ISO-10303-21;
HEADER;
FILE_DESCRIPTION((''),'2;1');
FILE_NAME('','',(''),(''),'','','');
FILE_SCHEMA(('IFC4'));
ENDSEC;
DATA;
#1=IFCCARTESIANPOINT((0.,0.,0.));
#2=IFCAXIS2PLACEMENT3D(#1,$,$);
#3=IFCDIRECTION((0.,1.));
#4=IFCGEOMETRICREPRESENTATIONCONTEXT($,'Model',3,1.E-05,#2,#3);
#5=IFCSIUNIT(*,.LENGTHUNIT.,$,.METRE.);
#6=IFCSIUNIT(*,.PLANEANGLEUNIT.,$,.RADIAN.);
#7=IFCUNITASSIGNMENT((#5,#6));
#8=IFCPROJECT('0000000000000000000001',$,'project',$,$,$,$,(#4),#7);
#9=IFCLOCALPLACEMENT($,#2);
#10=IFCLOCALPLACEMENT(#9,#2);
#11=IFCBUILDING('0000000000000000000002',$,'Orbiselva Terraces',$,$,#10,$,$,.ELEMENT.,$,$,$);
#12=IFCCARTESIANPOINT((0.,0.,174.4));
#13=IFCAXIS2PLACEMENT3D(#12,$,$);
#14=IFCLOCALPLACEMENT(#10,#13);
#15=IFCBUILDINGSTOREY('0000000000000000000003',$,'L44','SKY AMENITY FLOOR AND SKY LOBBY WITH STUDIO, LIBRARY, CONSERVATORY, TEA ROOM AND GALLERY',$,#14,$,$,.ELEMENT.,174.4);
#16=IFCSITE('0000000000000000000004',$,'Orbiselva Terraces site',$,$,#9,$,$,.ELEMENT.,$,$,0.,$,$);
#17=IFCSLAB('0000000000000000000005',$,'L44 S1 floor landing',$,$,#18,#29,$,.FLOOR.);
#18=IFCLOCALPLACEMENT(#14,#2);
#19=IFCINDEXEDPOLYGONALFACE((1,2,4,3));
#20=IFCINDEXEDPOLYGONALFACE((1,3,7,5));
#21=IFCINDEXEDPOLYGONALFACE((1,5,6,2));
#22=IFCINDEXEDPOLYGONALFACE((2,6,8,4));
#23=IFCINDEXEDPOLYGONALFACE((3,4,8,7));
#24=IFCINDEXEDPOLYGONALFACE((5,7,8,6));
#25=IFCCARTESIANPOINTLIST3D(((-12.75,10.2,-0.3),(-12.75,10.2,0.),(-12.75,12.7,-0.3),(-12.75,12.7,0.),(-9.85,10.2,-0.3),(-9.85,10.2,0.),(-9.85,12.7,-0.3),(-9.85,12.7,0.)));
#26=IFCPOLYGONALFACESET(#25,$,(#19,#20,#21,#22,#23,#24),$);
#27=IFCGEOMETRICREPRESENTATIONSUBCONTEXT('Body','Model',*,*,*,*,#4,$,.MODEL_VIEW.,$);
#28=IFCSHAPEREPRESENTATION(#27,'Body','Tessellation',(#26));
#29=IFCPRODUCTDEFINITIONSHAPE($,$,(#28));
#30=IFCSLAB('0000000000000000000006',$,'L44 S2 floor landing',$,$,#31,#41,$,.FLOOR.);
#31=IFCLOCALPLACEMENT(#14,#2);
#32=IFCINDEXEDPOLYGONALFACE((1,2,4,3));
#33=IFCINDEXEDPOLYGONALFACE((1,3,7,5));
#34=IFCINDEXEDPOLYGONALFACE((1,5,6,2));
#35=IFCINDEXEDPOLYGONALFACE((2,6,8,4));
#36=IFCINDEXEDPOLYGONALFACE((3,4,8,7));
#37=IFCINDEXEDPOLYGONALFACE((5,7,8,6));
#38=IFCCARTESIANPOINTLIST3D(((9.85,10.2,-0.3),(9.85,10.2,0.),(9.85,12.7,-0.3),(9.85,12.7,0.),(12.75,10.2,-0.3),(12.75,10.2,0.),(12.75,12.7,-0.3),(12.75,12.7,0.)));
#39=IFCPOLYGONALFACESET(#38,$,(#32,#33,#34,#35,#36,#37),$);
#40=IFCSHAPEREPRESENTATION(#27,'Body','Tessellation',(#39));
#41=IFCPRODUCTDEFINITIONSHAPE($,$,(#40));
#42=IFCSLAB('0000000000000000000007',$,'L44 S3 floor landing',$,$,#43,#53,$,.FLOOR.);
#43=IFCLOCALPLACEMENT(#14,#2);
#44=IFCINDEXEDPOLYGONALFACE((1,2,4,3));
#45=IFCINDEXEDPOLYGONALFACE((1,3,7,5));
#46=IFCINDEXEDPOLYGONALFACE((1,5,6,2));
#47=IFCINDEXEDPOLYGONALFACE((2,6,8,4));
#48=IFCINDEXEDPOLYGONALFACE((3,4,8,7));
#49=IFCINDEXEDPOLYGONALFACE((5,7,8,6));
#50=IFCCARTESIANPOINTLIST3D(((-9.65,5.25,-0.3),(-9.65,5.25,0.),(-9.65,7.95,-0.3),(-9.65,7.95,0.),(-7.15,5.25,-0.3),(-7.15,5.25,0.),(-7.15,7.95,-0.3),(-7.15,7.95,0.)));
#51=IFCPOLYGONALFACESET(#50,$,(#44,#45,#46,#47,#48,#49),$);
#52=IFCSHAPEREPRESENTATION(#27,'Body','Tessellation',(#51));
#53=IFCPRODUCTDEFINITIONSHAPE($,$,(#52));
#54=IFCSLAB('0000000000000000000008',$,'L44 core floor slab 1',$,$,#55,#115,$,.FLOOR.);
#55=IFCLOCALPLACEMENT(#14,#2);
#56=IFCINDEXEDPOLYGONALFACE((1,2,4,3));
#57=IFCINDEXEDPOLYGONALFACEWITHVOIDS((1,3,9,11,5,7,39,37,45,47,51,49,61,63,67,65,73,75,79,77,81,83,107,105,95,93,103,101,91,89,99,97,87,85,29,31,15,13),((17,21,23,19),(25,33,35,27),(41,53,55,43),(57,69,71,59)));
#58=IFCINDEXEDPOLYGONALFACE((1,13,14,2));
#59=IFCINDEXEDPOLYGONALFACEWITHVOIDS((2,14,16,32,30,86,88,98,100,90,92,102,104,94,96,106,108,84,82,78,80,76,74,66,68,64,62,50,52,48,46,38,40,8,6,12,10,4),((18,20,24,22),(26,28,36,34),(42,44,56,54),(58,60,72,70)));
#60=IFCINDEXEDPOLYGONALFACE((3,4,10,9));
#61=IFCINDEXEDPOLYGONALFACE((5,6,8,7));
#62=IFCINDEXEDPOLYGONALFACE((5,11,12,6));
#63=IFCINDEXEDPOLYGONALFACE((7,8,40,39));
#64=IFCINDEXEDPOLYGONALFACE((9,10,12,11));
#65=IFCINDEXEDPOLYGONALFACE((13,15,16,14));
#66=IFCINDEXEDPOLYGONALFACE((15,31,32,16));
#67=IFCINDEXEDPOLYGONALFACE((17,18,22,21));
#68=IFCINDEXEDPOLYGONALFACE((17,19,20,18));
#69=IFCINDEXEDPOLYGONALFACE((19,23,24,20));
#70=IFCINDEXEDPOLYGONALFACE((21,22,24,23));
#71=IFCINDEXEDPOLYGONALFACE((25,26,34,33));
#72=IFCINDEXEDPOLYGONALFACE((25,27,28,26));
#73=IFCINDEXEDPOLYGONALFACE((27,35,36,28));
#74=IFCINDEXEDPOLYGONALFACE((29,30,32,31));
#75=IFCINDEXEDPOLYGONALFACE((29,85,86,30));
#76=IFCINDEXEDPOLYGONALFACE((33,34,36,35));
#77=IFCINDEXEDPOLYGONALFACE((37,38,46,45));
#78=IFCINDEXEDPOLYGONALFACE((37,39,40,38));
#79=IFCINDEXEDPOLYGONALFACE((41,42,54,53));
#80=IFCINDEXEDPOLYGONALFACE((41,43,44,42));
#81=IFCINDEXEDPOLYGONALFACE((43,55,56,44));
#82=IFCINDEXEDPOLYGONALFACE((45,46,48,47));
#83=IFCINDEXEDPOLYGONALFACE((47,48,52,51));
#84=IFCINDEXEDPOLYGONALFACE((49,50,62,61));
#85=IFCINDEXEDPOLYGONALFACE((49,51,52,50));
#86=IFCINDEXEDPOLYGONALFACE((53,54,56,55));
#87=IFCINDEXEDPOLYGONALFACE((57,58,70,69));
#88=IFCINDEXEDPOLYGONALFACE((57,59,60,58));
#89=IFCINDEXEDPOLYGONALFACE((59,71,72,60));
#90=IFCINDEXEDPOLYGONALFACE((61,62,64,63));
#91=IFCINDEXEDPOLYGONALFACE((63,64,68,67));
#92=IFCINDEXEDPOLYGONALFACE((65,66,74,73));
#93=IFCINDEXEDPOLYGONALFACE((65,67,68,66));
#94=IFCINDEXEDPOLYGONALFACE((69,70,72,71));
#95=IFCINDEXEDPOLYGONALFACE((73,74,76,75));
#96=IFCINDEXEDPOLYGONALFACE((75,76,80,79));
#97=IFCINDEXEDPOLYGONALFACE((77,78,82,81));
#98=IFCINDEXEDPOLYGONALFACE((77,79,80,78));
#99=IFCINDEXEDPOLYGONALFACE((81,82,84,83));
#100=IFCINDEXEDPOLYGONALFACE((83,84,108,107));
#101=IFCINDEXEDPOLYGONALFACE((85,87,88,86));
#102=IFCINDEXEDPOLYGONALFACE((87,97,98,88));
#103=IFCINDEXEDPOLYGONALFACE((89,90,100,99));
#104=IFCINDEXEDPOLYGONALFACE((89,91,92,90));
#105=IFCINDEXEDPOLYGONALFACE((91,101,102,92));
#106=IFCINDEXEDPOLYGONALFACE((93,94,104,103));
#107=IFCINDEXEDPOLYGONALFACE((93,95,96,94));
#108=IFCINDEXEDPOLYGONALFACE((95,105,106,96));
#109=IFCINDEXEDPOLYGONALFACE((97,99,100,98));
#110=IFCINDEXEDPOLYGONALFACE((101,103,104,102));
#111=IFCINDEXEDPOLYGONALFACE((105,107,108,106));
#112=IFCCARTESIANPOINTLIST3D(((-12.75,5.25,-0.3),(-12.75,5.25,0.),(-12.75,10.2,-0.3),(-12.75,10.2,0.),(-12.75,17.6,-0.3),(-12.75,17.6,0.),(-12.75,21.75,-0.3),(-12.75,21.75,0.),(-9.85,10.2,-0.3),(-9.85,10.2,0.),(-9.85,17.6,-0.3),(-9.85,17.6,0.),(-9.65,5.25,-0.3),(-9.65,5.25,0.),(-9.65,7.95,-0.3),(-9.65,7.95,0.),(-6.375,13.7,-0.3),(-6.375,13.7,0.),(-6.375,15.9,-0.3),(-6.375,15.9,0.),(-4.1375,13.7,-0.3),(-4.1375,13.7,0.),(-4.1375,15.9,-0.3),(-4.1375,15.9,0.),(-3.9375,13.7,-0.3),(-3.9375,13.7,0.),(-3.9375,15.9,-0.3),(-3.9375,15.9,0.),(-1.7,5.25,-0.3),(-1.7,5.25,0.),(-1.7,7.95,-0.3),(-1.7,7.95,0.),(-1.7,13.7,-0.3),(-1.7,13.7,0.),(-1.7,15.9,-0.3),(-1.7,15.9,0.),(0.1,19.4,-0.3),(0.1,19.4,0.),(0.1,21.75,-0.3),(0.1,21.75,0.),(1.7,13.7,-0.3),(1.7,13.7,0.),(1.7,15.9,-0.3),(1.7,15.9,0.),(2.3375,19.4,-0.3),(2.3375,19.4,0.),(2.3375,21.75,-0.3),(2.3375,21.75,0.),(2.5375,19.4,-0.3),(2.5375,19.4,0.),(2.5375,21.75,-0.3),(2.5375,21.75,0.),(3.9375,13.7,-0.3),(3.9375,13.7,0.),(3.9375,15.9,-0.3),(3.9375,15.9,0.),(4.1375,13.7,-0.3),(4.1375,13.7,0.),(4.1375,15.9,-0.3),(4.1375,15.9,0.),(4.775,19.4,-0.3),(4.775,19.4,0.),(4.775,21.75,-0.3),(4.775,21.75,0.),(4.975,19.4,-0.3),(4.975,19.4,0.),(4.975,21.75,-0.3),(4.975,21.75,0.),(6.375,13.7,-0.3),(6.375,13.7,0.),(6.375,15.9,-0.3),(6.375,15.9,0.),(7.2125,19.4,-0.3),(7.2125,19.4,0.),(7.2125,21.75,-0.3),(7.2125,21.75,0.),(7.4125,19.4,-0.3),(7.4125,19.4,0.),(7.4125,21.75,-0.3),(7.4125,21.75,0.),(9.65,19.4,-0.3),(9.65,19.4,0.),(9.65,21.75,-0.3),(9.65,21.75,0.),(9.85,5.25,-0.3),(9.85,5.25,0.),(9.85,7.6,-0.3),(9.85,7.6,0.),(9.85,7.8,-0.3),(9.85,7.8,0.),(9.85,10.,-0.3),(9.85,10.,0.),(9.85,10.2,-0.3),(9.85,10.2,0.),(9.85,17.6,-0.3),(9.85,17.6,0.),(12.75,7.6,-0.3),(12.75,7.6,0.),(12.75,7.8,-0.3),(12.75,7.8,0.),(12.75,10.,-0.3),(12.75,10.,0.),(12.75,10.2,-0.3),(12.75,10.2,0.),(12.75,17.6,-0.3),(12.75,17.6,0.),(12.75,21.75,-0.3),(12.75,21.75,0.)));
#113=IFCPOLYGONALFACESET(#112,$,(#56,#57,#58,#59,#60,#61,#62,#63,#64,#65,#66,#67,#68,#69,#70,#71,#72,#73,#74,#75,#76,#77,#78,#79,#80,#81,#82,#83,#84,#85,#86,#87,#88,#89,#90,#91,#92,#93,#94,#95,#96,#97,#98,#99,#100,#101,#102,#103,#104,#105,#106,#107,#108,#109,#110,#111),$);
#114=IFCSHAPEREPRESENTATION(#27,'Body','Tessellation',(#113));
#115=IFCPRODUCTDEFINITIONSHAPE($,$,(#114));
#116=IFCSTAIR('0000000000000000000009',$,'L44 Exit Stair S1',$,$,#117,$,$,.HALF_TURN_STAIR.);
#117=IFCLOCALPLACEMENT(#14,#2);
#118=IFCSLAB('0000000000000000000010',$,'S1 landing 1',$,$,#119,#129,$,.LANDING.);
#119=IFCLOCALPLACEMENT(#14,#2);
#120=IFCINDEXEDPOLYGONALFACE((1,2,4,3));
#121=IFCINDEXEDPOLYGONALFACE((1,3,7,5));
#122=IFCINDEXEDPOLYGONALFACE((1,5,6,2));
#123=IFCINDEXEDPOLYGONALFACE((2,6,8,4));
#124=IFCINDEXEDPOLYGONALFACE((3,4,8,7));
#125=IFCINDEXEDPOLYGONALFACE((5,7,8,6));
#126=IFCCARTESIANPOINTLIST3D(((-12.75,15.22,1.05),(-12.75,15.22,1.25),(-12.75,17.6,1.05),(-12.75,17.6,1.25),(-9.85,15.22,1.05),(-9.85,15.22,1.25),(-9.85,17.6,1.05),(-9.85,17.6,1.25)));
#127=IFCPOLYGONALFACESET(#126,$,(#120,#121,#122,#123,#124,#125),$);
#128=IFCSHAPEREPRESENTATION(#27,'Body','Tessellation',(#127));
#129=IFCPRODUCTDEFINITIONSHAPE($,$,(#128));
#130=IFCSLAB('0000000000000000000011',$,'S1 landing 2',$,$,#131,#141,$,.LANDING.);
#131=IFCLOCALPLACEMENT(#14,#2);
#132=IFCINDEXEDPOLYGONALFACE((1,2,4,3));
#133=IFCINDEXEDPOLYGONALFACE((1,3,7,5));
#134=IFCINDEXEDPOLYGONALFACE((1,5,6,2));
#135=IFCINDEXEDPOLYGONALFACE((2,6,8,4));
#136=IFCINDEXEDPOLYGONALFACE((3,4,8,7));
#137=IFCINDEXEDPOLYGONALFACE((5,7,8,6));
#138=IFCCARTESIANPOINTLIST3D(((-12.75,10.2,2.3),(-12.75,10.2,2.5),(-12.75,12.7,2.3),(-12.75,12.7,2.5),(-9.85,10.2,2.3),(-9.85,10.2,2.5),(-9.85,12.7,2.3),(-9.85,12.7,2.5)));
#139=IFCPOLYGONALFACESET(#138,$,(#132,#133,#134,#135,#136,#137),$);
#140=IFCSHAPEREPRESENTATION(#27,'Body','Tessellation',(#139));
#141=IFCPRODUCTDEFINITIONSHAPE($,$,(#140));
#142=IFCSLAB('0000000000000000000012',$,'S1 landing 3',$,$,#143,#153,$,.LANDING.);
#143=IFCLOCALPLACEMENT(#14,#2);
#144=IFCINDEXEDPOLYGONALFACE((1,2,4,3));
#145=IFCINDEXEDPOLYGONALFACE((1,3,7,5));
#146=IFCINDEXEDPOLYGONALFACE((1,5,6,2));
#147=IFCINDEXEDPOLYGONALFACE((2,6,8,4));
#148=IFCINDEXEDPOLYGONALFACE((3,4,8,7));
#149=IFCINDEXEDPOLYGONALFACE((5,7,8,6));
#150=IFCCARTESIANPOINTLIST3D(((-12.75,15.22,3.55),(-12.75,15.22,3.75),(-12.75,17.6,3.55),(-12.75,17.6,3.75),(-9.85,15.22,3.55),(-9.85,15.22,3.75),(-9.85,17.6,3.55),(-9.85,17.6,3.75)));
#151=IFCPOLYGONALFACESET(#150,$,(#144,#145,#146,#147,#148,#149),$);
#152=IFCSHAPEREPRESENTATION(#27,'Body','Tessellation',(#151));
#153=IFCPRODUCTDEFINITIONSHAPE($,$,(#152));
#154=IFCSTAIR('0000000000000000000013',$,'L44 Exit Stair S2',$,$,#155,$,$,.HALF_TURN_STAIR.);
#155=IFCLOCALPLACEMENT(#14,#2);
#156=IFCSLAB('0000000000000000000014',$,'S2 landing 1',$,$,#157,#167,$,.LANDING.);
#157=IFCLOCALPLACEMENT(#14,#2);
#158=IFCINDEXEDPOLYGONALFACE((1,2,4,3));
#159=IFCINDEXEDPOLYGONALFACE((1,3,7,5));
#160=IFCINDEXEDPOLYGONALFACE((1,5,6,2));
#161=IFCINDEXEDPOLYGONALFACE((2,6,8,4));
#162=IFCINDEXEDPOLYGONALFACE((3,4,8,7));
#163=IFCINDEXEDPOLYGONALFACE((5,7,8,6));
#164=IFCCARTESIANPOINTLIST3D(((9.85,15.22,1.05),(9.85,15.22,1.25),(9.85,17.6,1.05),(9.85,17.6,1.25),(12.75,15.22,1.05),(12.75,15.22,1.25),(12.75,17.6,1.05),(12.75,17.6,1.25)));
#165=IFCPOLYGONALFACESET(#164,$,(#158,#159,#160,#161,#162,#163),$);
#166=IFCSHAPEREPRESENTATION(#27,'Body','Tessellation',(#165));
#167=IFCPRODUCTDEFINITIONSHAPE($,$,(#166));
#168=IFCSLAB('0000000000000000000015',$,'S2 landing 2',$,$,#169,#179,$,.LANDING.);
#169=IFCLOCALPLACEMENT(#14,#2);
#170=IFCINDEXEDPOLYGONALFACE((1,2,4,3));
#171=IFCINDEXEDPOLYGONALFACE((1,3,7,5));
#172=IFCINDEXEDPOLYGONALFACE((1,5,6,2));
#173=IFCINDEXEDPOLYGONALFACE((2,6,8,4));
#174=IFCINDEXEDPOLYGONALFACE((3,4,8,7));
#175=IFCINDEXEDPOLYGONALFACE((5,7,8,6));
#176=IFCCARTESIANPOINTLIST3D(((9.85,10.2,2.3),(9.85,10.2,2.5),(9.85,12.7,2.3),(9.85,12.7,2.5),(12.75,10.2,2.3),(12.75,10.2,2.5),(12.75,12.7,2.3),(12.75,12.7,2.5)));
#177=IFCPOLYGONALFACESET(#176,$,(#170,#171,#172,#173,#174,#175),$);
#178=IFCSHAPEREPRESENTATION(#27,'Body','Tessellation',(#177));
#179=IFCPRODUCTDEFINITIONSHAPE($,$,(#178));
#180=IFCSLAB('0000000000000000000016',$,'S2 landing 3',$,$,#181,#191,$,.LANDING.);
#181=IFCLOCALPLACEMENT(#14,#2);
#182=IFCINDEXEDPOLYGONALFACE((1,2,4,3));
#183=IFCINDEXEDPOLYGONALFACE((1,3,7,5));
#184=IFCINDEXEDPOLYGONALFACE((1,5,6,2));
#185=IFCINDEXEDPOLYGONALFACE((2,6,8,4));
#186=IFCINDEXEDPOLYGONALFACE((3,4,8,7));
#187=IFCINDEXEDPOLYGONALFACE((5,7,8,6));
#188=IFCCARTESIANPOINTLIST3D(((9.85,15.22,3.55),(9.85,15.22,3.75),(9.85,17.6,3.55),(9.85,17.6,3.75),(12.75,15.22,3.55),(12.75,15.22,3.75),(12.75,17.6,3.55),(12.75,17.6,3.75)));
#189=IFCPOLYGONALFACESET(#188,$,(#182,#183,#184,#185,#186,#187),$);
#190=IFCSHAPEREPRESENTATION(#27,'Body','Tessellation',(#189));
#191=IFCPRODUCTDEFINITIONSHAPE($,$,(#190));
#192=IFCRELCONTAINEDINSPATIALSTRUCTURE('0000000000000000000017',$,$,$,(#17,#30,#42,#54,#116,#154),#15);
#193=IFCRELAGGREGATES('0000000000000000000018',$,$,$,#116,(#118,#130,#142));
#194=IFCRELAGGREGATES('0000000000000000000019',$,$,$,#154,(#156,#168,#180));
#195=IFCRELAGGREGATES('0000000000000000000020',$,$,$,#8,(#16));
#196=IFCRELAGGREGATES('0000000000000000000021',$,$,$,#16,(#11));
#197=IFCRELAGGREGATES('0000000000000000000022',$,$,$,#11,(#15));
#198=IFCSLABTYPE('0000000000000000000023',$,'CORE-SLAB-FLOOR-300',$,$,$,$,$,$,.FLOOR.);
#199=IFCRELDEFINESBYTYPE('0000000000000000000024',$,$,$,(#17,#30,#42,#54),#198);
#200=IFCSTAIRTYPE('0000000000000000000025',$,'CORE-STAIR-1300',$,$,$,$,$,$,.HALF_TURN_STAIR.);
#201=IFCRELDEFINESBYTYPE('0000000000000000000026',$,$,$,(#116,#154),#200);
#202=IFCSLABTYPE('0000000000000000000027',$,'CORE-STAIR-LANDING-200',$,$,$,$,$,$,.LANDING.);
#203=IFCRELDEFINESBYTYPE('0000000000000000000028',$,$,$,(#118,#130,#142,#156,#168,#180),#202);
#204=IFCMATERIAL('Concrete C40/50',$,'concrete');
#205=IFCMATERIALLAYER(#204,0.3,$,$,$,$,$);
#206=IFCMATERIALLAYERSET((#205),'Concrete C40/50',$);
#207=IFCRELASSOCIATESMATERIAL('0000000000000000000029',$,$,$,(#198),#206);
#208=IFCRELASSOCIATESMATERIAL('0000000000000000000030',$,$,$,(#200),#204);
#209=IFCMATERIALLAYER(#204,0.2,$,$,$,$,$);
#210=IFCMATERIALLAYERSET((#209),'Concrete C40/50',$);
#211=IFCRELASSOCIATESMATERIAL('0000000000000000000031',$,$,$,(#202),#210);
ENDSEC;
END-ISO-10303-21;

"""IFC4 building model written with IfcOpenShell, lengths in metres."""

from ifc_helpers import new_model, si_unit, direction, frame, origin, place, context, subcontext, project, spatial, polyline, outline, extrude, material, layer, layer_set, type_object, element, aggregate, save


model = new_model("IFC4")

# Units and contexts
model_context = context("Model", 3, precision=1e-05, world=origin(), true_north=direction((0.0, 1.0)))
body_context = subcontext(model_context, "Body", "Model", "MODEL_VIEW")
ifc_project = project(units=[si_unit("LENGTHUNIT", "METRE"), si_unit("PLANEANGLEUNIT", "RADIAN")], contexts=[model_context])

# Site, building, storey
site_placement = place(None, origin())
site = spatial("IfcSite", under=ifc_project, at=site_placement, Name="Orbiselva Terraces site", CompositionType="ELEMENT", RefElevation=0.0)
building_placement = place(site_placement, origin())
building = spatial("IfcBuilding", under=site, at=building_placement, Name="Orbiselva Terraces", CompositionType="ELEMENT")
storey_placement = place(building_placement, frame((0.0, 0.0, 174.4)))
storey = spatial("IfcBuildingStorey", under=building, at=storey_placement, Name="L44", Description="SKY AMENITY FLOOR AND SKY LOBBY WITH STUDIO, LIBRARY, CONSERVATORY, TEA ROOM AND GALLERY", CompositionType="ELEMENT", Elevation=174.4)

# Slabs
ifc_material_1 = material(Name="Concrete C40/50", Category="concrete")
ifc_layer_1 = layer(ifc_material_1, 0.3)
ifc_layer_set_1 = layer_set([ifc_layer_1], Name="Concrete C40/50")
slab_type_1 = type_object("IfcSlabType", Name="CORE-SLAB-FLOOR-300", PredefinedType="FLOOR", material=ifc_layer_set_1)
slab_1_placement = place(storey_placement, frame((0.0, 0.0, -0.3)))
element("IfcSlab", 1, at=slab_1_placement, inside=storey, type_object=slab_type_1, Name="L44 S1 floor landing", PredefinedType="FLOOR", context=body_context, shape_type="SweptSolid", body=[
    extrude(outline(polyline([(-12.75, 12.7), (-9.85, 12.7), (-9.85, 10.2), (-12.75, 10.2), (-12.75, 12.7)])), origin(), (0.0, 0.0, 1.0), 0.3),
])
slab_2_placement = place(storey_placement, frame((0.0, 0.0, -0.3)))
element("IfcSlab", 2, at=slab_2_placement, inside=storey, type_object=slab_type_1, Name="L44 S2 floor landing", PredefinedType="FLOOR", context=body_context, shape_type="SweptSolid", body=[
    extrude(outline(polyline([(12.75, 12.7), (12.75, 10.2), (9.85, 10.2), (9.85, 12.7), (12.75, 12.7)])), origin(), (0.0, 0.0, 1.0), 0.3),
])
slab_3_placement = place(storey_placement, frame((0.0, 0.0, -0.3)))
element("IfcSlab", 3, at=slab_3_placement, inside=storey, type_object=slab_type_1, Name="L44 S3 floor landing", PredefinedType="FLOOR", context=body_context, shape_type="SweptSolid", body=[
    extrude(outline(polyline([(-7.15, 5.25), (-9.65, 5.25), (-9.65, 7.95), (-7.15, 7.95), (-7.15, 5.25)])), origin(), (0.0, 0.0, 1.0), 0.3),
])
slab_4_placement = place(storey_placement, frame((0.0, 0.0, -0.3)))
element("IfcSlab", 4, at=slab_4_placement, inside=storey, type_object=slab_type_1, Name="L44 core floor slab 1", PredefinedType="FLOOR", context=body_context, shape_type="SweptSolid", body=[
    extrude(outline(polyline([(-1.7, 5.25), (-1.7, 7.95), (-9.65, 7.95), (-9.65, 5.25), (-12.75, 5.25), (-12.75, 10.2), (-9.85, 10.2), (-9.85, 17.6), (-12.75, 17.6), (-12.75, 21.75), (0.1, 21.75), (0.1, 19.4), (2.3375, 19.4), (2.3375, 21.75), (2.5375, 21.75), (2.5375, 19.4), (4.775, 19.4), (4.775, 21.75), (4.975, 21.75), (4.975, 19.4), (7.2125, 19.4), (7.2125, 21.75), (7.4125, 21.75), (7.4125, 19.4), (9.65, 19.4), (9.65, 21.75), (12.75, 21.75), (12.75, 17.6), (9.85, 17.6), (9.85, 10.2), (12.75, 10.2), (12.75, 10.0), (9.85, 10.0), (9.85, 7.8), (12.75, 7.8), (12.75, 7.6), (9.85, 7.6), (9.85, 5.25), (-1.7, 5.25)]), holes=[polyline([(-4.1375, 13.7), (-4.1375, 15.9), (-6.375, 15.9), (-6.375, 13.7), (-4.1375, 13.7)]), polyline([(-1.7, 13.7), (-1.7, 15.9), (-3.9375, 15.9), (-3.9375, 13.7), (-1.7, 13.7)]), polyline([(3.9375, 15.9), (1.7, 15.9), (1.7, 13.7), (3.9375, 13.7), (3.9375, 15.9)]), polyline([(6.375, 13.7), (6.375, 15.9), (4.1375, 15.9), (4.1375, 13.7), (6.375, 13.7)])]), origin(), (0.0, 0.0, 1.0), 0.3),
])

# Stairs, slabs
stair_type_1 = type_object("IfcStairType", Name="CORE-STAIR-1300", PredefinedType="HALF_TURN_STAIR", material=ifc_material_1)
stair_1_placement = place(storey_placement, origin())
stair_1 = element("IfcStair", 5, at=stair_1_placement, inside=storey, type_object=stair_type_1, Name="L44 Exit Stair S1", PredefinedType="HALF_TURN_STAIR")
ifc_layer_2 = layer(ifc_material_1, 0.2)
ifc_layer_set_2 = layer_set([ifc_layer_2], Name="Concrete C40/50")
slab_type_2 = type_object("IfcSlabType", Name="CORE-STAIR-LANDING-200", PredefinedType="LANDING", material=ifc_layer_set_2)
slab_5_placement = place(storey_placement, frame((0.0, 0.0, 1.05)))
slab_5 = element("IfcSlab", 6, at=slab_5_placement, type_object=slab_type_2, Name="S1 landing 1", PredefinedType="LANDING", context=body_context, shape_type="SweptSolid", body=[
    extrude(outline(polyline([(-9.85, 15.22), (-9.85, 17.6), (-12.75, 17.6), (-12.75, 15.22), (-9.85, 15.22)])), origin(), (0.0, 0.0, 1.0), 0.2),
])
slab_6_placement = place(storey_placement, frame((0.0, 0.0, 2.3)))
slab_6 = element("IfcSlab", 7, at=slab_6_placement, type_object=slab_type_2, Name="S1 landing 2", PredefinedType="LANDING", context=body_context, shape_type="SweptSolid", body=[
    extrude(outline(polyline([(-9.85, 10.2), (-9.85, 12.7), (-12.75, 12.7), (-12.75, 10.2), (-9.85, 10.2)])), origin(), (0.0, 0.0, 1.0), 0.2),
])
slab_7_placement = place(storey_placement, frame((0.0, 0.0, 3.55)))
slab_7 = element("IfcSlab", 8, at=slab_7_placement, type_object=slab_type_2, Name="S1 landing 3", PredefinedType="LANDING", context=body_context, shape_type="SweptSolid", body=[
    extrude(outline(polyline([(-9.85, 15.22), (-9.85, 17.6), (-12.75, 17.6), (-12.75, 15.22), (-9.85, 15.22)])), origin(), (0.0, 0.0, 1.0), 0.2),
])
aggregate(stair_1, [slab_5, slab_6, slab_7])
stair_2_placement = place(storey_placement, origin())
stair_2 = element("IfcStair", 9, at=stair_2_placement, inside=storey, type_object=stair_type_1, Name="L44 Exit Stair S2", PredefinedType="HALF_TURN_STAIR")
slab_8_placement = place(storey_placement, frame((0.0, 0.0, 1.05)))
slab_8 = element("IfcSlab", 10, at=slab_8_placement, type_object=slab_type_2, Name="S2 landing 1", PredefinedType="LANDING", context=body_context, shape_type="SweptSolid", body=[
    extrude(outline(polyline([(12.75, 15.22), (12.75, 17.6), (9.85, 17.6), (9.85, 15.22), (12.75, 15.22)])), origin(), (0.0, 0.0, 1.0), 0.2),
])
slab_9_placement = place(storey_placement, frame((0.0, 0.0, 2.3)))
slab_9 = element("IfcSlab", 11, at=slab_9_placement, type_object=slab_type_2, Name="S2 landing 2", PredefinedType="LANDING", context=body_context, shape_type="SweptSolid", body=[
    extrude(outline(polyline([(12.75, 10.2), (12.75, 12.7), (9.85, 12.7), (9.85, 10.2), (12.75, 10.2)])), origin(), (0.0, 0.0, 1.0), 0.2),
])
slab_10_placement = place(storey_placement, frame((0.0, 0.0, 3.55)))
slab_10 = element("IfcSlab", 12, at=slab_10_placement, type_object=slab_type_2, Name="S2 landing 3", PredefinedType="LANDING", context=body_context, shape_type="SweptSolid", body=[
    extrude(outline(polyline([(12.75, 15.22), (12.75, 17.6), (9.85, 17.6), (9.85, 15.22), (12.75, 15.22)])), origin(), (0.0, 0.0, 1.0), 0.2),
])
aggregate(stair_2, [slab_8, slab_9, slab_10])

save(model, "model.ifc")
